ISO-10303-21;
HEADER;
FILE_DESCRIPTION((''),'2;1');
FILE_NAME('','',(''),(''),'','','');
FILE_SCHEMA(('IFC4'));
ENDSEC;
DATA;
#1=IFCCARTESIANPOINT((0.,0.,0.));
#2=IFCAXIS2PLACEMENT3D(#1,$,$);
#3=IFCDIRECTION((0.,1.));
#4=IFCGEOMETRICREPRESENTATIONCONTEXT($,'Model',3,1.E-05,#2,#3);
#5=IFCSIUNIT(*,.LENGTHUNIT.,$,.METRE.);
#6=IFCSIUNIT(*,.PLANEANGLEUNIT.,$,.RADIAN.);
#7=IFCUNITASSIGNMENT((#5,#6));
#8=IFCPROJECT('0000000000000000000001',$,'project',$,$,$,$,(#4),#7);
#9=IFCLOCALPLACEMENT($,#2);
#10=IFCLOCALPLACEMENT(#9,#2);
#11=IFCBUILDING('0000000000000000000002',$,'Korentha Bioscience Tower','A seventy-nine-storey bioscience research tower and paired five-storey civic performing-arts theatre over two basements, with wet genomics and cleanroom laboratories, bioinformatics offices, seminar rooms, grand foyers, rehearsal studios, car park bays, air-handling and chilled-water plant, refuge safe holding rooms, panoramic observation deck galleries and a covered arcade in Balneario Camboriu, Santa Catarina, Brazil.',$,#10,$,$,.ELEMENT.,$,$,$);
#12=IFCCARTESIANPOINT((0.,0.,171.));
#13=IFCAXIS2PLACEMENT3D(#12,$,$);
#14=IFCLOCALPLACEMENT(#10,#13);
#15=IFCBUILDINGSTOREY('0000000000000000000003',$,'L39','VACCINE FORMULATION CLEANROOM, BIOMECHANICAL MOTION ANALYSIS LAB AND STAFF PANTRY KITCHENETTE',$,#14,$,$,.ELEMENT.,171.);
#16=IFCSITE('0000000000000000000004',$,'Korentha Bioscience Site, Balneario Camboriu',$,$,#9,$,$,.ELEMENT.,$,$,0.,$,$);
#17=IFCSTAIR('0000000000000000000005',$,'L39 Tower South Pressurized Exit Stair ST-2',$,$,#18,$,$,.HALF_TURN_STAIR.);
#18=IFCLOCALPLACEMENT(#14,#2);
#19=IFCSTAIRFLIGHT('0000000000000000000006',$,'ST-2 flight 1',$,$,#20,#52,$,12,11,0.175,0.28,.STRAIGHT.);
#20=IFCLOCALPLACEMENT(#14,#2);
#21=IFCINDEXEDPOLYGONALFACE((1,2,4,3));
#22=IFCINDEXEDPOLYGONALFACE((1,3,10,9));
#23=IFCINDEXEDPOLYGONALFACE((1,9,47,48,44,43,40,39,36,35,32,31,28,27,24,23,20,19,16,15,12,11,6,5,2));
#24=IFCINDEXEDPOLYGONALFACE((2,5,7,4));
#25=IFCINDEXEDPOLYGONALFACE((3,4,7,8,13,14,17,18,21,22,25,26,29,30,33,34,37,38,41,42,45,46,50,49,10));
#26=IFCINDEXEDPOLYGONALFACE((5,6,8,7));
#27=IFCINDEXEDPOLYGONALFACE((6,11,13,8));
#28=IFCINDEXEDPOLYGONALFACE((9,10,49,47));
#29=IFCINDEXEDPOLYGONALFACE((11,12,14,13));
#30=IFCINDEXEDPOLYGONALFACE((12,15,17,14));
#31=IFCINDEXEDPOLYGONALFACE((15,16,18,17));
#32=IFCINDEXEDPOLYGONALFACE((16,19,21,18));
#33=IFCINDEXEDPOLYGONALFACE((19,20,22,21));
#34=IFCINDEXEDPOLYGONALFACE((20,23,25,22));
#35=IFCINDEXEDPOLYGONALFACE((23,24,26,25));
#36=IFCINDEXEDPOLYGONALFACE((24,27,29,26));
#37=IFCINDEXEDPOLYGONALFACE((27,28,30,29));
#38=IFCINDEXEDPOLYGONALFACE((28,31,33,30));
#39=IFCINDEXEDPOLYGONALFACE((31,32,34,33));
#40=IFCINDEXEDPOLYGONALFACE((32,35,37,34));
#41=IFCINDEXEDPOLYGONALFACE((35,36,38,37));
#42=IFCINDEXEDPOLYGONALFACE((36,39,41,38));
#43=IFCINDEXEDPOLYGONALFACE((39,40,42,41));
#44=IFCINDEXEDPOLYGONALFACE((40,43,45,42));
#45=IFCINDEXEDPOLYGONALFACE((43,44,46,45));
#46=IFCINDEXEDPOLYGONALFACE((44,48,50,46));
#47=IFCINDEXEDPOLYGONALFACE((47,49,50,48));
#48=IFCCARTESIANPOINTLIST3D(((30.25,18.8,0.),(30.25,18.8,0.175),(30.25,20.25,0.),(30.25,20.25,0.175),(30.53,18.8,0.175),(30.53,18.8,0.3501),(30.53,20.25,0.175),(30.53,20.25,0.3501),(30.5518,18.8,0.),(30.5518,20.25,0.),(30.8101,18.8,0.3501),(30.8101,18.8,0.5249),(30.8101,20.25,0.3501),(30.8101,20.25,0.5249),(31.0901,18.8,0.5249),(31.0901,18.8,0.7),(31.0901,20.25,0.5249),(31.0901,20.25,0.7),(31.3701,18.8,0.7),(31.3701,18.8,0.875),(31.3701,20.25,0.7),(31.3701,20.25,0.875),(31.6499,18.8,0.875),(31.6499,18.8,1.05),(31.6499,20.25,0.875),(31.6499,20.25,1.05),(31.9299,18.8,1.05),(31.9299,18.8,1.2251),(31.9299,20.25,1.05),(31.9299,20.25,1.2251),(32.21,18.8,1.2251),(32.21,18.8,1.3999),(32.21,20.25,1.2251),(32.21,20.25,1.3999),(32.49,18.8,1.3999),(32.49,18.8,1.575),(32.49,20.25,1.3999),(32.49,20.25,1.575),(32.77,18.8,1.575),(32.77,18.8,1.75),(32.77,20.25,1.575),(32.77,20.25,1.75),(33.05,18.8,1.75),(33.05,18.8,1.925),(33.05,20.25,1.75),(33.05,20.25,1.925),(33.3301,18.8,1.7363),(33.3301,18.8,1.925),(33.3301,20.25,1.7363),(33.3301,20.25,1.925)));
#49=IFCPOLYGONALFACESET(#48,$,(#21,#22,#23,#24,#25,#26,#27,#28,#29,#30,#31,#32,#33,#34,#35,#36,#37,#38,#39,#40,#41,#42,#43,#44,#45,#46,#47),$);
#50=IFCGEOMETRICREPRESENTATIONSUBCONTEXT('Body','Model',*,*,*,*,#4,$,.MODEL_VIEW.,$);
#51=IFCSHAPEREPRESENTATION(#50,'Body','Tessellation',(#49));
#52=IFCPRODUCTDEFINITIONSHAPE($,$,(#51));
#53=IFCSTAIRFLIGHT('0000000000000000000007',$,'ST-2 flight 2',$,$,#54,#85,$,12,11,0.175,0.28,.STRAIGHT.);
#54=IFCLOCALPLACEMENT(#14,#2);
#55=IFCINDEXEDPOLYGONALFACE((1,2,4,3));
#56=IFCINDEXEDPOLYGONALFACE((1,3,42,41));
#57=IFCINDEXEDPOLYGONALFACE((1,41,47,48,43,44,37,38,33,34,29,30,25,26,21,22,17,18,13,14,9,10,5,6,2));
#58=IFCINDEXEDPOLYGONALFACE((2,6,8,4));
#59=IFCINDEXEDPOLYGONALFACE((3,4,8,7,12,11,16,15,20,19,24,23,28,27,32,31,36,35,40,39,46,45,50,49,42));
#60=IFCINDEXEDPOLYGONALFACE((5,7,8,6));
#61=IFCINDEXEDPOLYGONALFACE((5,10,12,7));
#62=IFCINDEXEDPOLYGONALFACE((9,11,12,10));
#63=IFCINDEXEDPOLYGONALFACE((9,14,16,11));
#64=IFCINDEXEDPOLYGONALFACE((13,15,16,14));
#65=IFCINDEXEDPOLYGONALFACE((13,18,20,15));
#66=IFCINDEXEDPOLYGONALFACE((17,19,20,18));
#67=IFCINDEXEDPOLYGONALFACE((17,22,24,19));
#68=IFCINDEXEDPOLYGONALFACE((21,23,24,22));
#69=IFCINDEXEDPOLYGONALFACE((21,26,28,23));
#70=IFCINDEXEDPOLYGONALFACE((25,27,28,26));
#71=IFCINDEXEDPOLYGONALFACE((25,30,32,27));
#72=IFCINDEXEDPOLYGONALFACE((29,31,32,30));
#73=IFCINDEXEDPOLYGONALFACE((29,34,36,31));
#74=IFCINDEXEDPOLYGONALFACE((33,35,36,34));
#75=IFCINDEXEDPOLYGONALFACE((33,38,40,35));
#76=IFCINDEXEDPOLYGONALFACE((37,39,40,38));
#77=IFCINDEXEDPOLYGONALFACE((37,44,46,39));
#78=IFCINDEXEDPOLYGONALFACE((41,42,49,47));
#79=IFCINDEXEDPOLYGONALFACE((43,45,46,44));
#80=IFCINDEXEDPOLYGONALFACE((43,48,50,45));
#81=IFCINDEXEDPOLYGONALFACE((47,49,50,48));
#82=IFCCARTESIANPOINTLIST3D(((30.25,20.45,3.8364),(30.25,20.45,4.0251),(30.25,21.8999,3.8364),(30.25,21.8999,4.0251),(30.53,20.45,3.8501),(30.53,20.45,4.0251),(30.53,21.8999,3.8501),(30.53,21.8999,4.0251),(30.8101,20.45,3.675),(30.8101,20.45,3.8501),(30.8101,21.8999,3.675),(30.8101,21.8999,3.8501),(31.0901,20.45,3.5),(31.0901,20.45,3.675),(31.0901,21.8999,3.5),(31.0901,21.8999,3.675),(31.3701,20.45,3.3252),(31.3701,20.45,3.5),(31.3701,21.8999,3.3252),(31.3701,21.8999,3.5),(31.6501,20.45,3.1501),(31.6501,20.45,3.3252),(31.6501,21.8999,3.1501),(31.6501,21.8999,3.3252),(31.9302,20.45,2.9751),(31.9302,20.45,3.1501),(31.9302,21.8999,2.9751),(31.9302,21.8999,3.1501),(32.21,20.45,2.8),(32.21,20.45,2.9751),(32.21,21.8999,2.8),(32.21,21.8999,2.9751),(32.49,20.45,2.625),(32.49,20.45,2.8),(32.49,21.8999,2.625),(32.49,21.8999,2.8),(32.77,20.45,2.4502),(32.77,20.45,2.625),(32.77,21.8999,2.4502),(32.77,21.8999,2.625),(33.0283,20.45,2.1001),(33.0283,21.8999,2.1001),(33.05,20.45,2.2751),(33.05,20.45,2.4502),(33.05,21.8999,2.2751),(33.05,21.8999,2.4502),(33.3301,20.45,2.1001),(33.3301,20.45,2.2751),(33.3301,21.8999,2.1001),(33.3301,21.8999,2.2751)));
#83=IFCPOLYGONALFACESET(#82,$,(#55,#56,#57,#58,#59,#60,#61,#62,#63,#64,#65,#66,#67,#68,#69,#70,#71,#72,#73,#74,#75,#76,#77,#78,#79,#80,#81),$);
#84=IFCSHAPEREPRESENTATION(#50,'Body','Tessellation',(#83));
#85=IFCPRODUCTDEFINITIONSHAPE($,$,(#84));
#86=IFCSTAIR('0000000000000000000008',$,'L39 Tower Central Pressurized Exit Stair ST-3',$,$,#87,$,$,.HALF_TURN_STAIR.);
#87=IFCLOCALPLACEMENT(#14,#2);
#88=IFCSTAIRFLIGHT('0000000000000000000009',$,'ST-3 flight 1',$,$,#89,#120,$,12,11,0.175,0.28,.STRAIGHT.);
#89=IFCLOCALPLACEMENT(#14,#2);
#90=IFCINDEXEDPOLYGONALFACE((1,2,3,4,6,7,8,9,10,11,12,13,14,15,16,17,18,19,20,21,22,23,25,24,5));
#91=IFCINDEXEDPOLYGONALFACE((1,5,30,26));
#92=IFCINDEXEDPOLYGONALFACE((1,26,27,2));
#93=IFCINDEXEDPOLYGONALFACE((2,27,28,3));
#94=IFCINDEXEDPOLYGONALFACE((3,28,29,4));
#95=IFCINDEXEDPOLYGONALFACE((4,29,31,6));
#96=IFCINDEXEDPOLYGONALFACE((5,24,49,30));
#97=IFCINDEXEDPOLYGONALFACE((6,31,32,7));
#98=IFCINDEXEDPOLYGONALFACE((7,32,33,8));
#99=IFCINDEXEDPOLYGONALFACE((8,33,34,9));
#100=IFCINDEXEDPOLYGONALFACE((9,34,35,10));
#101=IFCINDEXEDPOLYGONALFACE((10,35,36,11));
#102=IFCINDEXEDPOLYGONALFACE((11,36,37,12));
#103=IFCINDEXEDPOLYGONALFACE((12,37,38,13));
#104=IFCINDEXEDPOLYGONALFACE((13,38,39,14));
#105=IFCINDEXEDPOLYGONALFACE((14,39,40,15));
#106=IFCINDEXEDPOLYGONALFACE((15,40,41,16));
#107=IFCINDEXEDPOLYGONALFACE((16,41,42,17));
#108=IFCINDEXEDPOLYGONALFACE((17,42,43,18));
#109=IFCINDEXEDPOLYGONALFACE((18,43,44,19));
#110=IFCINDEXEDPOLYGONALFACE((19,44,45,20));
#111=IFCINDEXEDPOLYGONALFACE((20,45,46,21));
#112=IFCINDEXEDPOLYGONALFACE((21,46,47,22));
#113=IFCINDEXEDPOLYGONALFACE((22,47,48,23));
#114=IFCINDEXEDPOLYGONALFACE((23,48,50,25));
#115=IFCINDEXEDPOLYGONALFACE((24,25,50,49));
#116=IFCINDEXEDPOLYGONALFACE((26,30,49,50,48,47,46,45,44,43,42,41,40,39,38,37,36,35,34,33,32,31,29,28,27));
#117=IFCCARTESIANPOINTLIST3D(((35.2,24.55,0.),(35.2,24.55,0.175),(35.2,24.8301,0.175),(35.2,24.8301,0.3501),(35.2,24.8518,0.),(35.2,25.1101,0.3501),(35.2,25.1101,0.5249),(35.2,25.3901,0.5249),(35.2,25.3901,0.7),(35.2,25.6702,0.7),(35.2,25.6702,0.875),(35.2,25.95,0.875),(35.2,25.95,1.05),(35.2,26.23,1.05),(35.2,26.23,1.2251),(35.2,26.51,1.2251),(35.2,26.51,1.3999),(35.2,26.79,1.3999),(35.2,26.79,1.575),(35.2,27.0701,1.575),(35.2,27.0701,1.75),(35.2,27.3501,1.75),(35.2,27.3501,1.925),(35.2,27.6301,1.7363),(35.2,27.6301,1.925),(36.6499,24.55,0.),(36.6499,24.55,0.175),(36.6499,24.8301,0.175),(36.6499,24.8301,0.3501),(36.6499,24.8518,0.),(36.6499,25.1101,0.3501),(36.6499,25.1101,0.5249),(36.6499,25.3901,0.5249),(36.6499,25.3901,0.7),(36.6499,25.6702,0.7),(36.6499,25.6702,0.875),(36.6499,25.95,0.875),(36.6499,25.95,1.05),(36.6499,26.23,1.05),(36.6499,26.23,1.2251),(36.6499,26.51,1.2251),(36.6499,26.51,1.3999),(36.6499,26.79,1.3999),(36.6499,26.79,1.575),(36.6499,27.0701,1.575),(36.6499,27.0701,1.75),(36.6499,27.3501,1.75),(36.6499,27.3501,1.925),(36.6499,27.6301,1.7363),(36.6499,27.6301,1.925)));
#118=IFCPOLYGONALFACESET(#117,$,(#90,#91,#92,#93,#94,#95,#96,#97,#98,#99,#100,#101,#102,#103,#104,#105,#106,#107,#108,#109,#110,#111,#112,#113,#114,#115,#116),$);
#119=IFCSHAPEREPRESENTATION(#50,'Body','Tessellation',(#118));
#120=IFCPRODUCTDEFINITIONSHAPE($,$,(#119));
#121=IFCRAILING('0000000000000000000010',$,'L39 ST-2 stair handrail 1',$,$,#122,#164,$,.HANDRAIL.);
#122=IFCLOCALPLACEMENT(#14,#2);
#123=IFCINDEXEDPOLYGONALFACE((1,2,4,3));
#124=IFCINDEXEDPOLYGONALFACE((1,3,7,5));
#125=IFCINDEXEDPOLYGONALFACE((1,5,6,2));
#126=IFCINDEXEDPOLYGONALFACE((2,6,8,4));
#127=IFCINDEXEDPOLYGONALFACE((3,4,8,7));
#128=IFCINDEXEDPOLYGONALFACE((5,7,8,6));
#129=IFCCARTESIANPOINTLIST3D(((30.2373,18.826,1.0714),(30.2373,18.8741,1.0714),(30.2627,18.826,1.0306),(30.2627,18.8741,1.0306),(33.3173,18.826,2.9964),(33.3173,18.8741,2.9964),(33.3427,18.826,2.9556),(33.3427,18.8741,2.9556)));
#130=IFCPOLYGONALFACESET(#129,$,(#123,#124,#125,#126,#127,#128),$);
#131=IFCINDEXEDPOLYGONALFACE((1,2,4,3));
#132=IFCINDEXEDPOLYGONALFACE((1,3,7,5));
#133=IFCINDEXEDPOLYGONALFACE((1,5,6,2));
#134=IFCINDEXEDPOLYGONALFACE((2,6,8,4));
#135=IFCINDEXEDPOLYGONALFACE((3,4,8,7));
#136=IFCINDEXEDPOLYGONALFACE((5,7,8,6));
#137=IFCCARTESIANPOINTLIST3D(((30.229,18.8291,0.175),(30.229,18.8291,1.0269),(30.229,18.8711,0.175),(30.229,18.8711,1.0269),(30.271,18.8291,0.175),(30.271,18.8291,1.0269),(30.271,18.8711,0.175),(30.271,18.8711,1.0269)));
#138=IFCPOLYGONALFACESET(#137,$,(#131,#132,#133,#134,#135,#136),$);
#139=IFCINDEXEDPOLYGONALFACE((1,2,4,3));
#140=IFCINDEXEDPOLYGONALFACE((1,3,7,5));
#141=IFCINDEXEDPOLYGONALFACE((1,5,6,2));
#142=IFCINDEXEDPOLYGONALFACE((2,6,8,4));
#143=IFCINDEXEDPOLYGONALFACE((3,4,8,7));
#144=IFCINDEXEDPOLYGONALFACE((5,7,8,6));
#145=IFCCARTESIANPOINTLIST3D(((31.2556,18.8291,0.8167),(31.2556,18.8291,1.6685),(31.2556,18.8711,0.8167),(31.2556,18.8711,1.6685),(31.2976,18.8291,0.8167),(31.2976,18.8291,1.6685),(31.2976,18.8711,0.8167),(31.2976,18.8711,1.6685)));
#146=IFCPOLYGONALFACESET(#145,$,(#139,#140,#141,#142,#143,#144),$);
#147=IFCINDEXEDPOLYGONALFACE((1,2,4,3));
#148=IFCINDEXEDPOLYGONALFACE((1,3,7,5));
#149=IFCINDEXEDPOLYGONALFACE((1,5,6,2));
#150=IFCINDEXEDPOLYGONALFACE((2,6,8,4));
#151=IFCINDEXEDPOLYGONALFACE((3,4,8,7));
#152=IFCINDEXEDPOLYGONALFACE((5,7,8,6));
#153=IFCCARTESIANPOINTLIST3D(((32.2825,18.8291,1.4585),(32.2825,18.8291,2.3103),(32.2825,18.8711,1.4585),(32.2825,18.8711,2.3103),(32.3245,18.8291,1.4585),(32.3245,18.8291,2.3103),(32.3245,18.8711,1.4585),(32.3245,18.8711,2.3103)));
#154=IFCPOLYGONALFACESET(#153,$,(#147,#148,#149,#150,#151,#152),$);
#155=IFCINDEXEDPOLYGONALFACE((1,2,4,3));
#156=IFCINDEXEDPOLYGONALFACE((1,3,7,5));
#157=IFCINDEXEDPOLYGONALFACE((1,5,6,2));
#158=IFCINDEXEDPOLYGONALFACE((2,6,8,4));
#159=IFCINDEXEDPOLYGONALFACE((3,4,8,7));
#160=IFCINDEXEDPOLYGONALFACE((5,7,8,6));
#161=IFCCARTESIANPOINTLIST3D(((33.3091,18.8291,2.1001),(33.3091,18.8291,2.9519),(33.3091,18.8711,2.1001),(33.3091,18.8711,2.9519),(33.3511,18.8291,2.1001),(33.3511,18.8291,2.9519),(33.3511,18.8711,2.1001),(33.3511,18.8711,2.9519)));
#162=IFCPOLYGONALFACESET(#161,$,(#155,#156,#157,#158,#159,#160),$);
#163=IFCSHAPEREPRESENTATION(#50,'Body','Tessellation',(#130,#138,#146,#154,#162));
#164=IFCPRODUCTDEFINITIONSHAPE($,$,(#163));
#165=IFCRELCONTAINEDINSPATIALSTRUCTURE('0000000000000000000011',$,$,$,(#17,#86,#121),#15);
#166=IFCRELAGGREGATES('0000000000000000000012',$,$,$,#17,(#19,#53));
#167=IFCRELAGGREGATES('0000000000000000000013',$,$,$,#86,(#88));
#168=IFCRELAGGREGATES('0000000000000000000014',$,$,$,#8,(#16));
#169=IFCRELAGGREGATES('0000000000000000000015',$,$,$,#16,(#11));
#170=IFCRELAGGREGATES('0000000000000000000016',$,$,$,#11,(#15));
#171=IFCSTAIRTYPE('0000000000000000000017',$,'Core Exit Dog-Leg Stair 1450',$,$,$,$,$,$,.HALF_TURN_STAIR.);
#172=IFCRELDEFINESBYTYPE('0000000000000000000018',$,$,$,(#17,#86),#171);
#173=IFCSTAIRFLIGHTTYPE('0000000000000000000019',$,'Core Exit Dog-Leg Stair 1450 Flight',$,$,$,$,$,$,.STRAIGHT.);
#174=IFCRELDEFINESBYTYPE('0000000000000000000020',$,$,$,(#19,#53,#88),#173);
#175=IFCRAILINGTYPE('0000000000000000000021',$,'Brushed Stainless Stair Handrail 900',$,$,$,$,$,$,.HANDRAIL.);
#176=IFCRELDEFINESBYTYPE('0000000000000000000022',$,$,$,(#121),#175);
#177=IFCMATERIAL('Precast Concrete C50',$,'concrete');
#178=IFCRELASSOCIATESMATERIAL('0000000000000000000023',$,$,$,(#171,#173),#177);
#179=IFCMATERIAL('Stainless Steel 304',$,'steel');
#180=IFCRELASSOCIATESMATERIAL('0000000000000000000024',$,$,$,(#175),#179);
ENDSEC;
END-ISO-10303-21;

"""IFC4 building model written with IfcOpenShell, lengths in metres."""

from ifc_helpers import new_model, si_unit, direction, frame, origin, origin_2d, place, context, subcontext, project, spatial, polyline, rectangle, outline, extrude, material, type_object, element, aggregate, save


model = new_model("IFC4")

# Units and contexts
model_context = context("Model", 3, precision=1e-05, world=origin(), true_north=direction((0.0, 1.0)))
body_context = subcontext(model_context, "Body", "Model", "MODEL_VIEW")
ifc_project = project(units=[si_unit("LENGTHUNIT", "METRE"), si_unit("PLANEANGLEUNIT", "RADIAN")], contexts=[model_context])

# Site, building, storey
site_placement = place(None, origin())
site = spatial("IfcSite", under=ifc_project, at=site_placement, Name="Korentha Bioscience Site, Balneario Camboriu", CompositionType="ELEMENT", RefElevation=0.0)
building_placement = place(site_placement, origin())
building = spatial("IfcBuilding", under=site, at=building_placement, Name="Korentha Bioscience Tower", Description="A seventy-nine-storey bioscience research tower and paired five-storey civic performing-arts theatre over two basements, with wet genomics and cleanroom laboratories, bioinformatics offices, seminar rooms, grand foyers, rehearsal studios, car park bays, air-handling and chilled-water plant, refuge safe holding rooms, panoramic observation deck galleries and a covered arcade in Balneario Camboriu, Santa Catarina, Brazil.", CompositionType="ELEMENT")
storey_placement = place(building_placement, frame((0.0, 0.0, 171.0)))
storey = spatial("IfcBuildingStorey", under=building, at=storey_placement, Name="L39", Description="VACCINE FORMULATION CLEANROOM, BIOMECHANICAL MOTION ANALYSIS LAB AND STAFF PANTRY KITCHENETTE", CompositionType="ELEMENT", Elevation=171.0)

# Stair, stair flights
ifc_material_1 = material(Name="Precast Concrete C50", Category="concrete")
stair_type = type_object("IfcStairType", Name="Core Exit Dog-Leg Stair 1450", PredefinedType="HALF_TURN_STAIR", material=ifc_material_1)
stair_1_placement = place(storey_placement, origin())
stair_1 = element("IfcStair", 1, at=stair_1_placement, inside=storey, type_object=stair_type, Name="L39 Tower South Pressurized Exit Stair ST-2", PredefinedType="HALF_TURN_STAIR")
stair_flight_type = type_object("IfcStairFlightType", Name="Core Exit Dog-Leg Stair 1450 Flight", PredefinedType="STRAIGHT", material=ifc_material_1)
stair_flight_1_placement = place(storey_placement, frame((30.25, 19.5249, 0.0), z_axis=(0.0, 0.0, 1.0), x_axis=(1.0, 0.0, 0.0)))
stair_flight_1 = element("IfcStairFlight", 2, at=stair_flight_1_placement, type_object=stair_flight_type, Name="ST-2 flight 1", NumberOfRisers=12, NumberOfTreads=11, PredefinedType="STRAIGHT", RiserHeight=0.175, TreadLength=0.28, context=body_context, shape_type="SweptSolid", body=[
    extrude(outline(polyline([(0.0, 0.0), (0.0, 0.175), (0.28, 0.175), (0.28, 0.3501), (0.5601, 0.3501), (0.5601, 0.5249), (0.8401, 0.5249), (0.8401, 0.7), (1.1201, 0.7), (1.1201, 0.875), (1.3999, 0.875), (1.3999, 1.05), (1.6799, 1.05), (1.6799, 1.2251), (1.96, 1.2251), (1.96, 1.3999), (2.24, 1.3999), (2.24, 1.575), (2.52, 1.575), (2.52, 1.75), (2.8, 1.75), (2.8, 1.925), (3.0801, 1.925), (3.0801, 2.1001), (3.0801, 1.7363), (0.3018, 0.0), (0.0, 0.0)])), frame((0.0, 0.7251, 0.0), z_axis=(0.0, -1.0, 0.0), x_axis=(1.0, 0.0, 0.0)), (0.0, 0.0, 1.0), 1.45),
])
stair_flight_2_placement = place(storey_placement, frame((33.3301, 21.175, 2.1001), z_axis=(0.0, 0.0, 1.0), x_axis=(-1.0, 0.0, 0.0)))
stair_flight_2 = element("IfcStairFlight", 3, at=stair_flight_2_placement, type_object=stair_flight_type, Name="ST-2 flight 2", NumberOfRisers=12, NumberOfTreads=11, PredefinedType="STRAIGHT", RiserHeight=0.175, TreadLength=0.28, context=body_context, shape_type="SweptSolid", body=[
    extrude(outline(polyline([(0.0, 0.0), (0.0, 0.175), (0.28, 0.175), (0.28, 0.3501), (0.5601, 0.3501), (0.5601, 0.5249), (0.8401, 0.5249), (0.8401, 0.7), (1.1201, 0.7), (1.1201, 0.875), (1.3999, 0.875), (1.3999, 1.05), (1.6799, 1.05), (1.6799, 1.2251), (1.96, 1.2251), (1.96, 1.3999), (2.24, 1.3999), (2.24, 1.575), (2.52, 1.575), (2.52, 1.75), (2.8, 1.75), (2.8, 1.925), (3.0801, 1.925), (3.0801, 2.1001), (3.0801, 1.7363), (0.3018, 0.0), (0.0, 0.0)])), frame((0.0, 0.7251, 0.0), z_axis=(0.0, -1.0, 0.0), x_axis=(1.0, 0.0, 0.0)), (0.0, 0.0, 1.0), 1.45),
])
aggregate(stair_1, [stair_flight_1, stair_flight_2])

# Stair, stair flight
stair_2_placement = place(storey_placement, origin())
stair_2 = element("IfcStair", 4, at=stair_2_placement, inside=storey, type_object=stair_type, Name="L39 Tower Central Pressurized Exit Stair ST-3", PredefinedType="HALF_TURN_STAIR")
stair_flight_3_placement = place(storey_placement, frame((35.925, 24.55, 0.0), z_axis=(0.0, 0.0, 1.0), x_axis=(0.0, 1.0, 0.0)))
stair_flight_3 = element("IfcStairFlight", 5, at=stair_flight_3_placement, type_object=stair_flight_type, Name="ST-3 flight 1", NumberOfRisers=12, NumberOfTreads=11, PredefinedType="STRAIGHT", RiserHeight=0.175, TreadLength=0.28, context=body_context, shape_type="SweptSolid", body=[
    extrude(outline(polyline([(0.0, 0.0), (0.0, 0.175), (0.28, 0.175), (0.28, 0.3501), (0.5601, 0.3501), (0.5601, 0.5249), (0.8401, 0.5249), (0.8401, 0.7), (1.1201, 0.7), (1.1201, 0.875), (1.3999, 0.875), (1.3999, 1.05), (1.6799, 1.05), (1.6799, 1.2251), (1.96, 1.2251), (1.96, 1.3999), (2.24, 1.3999), (2.24, 1.575), (2.52, 1.575), (2.52, 1.75), (2.8, 1.75), (2.8, 1.925), (3.0801, 1.925), (3.0801, 2.1001), (3.0801, 1.7363), (0.3018, 0.0), (0.0, 0.0)])), frame((0.0, 0.7251, 0.0), z_axis=(0.0, -1.0, 0.0), x_axis=(1.0, 0.0, 0.0)), (0.0, 0.0, 1.0), 1.45),
])
aggregate(stair_2, [stair_flight_3])

# Railing
ifc_material_2 = material(Name="Stainless Steel 304", Category="steel")
railing_type_1 = type_object("IfcRailingType", Name="Brushed Stainless Stair Handrail 900", PredefinedType="HANDRAIL", material=ifc_material_2)
railing_1_placement = place(storey_placement, frame((30.25, 18.8501, 0.175)))
element("IfcRailing", 6, at=railing_1_placement, inside=storey, type_object=railing_type_1, Name="L39 ST-2 stair handrail 1", PredefinedType="HANDRAIL", context=body_context, shape_type="SweptSolid", body=[
    extrude(rectangle(XDim=0.0481, YDim=0.0481, at=origin_2d()), frame((0.0, 0.0, 0.876), z_axis=(0.847998, 0.0, 0.529999), x_axis=(0.0, 1.0, 0.0)), (0.0, 0.0, 1.0), 3.6321),
    extrude(rectangle(XDim=0.042, YDim=0.042, at=origin_2d()), origin(), (0.0, 0.0, 1.0), 0.8518),
    extrude(rectangle(XDim=0.042, YDim=0.042, at=origin_2d()), frame((1.0266, 0.0, 0.6416)), (0.0, 0.0, 1.0), 0.8518),
    extrude(rectangle(XDim=0.042, YDim=0.042, at=origin_2d()), frame((2.0535, 0.0, 1.2834)), (0.0, 0.0, 1.0), 0.8518),
    extrude(rectangle(XDim=0.042, YDim=0.042, at=origin_2d()), frame((3.0801, 0.0, 1.925)), (0.0, 0.0, 1.0), 0.8518),
])

save(model, "model.ifc")
